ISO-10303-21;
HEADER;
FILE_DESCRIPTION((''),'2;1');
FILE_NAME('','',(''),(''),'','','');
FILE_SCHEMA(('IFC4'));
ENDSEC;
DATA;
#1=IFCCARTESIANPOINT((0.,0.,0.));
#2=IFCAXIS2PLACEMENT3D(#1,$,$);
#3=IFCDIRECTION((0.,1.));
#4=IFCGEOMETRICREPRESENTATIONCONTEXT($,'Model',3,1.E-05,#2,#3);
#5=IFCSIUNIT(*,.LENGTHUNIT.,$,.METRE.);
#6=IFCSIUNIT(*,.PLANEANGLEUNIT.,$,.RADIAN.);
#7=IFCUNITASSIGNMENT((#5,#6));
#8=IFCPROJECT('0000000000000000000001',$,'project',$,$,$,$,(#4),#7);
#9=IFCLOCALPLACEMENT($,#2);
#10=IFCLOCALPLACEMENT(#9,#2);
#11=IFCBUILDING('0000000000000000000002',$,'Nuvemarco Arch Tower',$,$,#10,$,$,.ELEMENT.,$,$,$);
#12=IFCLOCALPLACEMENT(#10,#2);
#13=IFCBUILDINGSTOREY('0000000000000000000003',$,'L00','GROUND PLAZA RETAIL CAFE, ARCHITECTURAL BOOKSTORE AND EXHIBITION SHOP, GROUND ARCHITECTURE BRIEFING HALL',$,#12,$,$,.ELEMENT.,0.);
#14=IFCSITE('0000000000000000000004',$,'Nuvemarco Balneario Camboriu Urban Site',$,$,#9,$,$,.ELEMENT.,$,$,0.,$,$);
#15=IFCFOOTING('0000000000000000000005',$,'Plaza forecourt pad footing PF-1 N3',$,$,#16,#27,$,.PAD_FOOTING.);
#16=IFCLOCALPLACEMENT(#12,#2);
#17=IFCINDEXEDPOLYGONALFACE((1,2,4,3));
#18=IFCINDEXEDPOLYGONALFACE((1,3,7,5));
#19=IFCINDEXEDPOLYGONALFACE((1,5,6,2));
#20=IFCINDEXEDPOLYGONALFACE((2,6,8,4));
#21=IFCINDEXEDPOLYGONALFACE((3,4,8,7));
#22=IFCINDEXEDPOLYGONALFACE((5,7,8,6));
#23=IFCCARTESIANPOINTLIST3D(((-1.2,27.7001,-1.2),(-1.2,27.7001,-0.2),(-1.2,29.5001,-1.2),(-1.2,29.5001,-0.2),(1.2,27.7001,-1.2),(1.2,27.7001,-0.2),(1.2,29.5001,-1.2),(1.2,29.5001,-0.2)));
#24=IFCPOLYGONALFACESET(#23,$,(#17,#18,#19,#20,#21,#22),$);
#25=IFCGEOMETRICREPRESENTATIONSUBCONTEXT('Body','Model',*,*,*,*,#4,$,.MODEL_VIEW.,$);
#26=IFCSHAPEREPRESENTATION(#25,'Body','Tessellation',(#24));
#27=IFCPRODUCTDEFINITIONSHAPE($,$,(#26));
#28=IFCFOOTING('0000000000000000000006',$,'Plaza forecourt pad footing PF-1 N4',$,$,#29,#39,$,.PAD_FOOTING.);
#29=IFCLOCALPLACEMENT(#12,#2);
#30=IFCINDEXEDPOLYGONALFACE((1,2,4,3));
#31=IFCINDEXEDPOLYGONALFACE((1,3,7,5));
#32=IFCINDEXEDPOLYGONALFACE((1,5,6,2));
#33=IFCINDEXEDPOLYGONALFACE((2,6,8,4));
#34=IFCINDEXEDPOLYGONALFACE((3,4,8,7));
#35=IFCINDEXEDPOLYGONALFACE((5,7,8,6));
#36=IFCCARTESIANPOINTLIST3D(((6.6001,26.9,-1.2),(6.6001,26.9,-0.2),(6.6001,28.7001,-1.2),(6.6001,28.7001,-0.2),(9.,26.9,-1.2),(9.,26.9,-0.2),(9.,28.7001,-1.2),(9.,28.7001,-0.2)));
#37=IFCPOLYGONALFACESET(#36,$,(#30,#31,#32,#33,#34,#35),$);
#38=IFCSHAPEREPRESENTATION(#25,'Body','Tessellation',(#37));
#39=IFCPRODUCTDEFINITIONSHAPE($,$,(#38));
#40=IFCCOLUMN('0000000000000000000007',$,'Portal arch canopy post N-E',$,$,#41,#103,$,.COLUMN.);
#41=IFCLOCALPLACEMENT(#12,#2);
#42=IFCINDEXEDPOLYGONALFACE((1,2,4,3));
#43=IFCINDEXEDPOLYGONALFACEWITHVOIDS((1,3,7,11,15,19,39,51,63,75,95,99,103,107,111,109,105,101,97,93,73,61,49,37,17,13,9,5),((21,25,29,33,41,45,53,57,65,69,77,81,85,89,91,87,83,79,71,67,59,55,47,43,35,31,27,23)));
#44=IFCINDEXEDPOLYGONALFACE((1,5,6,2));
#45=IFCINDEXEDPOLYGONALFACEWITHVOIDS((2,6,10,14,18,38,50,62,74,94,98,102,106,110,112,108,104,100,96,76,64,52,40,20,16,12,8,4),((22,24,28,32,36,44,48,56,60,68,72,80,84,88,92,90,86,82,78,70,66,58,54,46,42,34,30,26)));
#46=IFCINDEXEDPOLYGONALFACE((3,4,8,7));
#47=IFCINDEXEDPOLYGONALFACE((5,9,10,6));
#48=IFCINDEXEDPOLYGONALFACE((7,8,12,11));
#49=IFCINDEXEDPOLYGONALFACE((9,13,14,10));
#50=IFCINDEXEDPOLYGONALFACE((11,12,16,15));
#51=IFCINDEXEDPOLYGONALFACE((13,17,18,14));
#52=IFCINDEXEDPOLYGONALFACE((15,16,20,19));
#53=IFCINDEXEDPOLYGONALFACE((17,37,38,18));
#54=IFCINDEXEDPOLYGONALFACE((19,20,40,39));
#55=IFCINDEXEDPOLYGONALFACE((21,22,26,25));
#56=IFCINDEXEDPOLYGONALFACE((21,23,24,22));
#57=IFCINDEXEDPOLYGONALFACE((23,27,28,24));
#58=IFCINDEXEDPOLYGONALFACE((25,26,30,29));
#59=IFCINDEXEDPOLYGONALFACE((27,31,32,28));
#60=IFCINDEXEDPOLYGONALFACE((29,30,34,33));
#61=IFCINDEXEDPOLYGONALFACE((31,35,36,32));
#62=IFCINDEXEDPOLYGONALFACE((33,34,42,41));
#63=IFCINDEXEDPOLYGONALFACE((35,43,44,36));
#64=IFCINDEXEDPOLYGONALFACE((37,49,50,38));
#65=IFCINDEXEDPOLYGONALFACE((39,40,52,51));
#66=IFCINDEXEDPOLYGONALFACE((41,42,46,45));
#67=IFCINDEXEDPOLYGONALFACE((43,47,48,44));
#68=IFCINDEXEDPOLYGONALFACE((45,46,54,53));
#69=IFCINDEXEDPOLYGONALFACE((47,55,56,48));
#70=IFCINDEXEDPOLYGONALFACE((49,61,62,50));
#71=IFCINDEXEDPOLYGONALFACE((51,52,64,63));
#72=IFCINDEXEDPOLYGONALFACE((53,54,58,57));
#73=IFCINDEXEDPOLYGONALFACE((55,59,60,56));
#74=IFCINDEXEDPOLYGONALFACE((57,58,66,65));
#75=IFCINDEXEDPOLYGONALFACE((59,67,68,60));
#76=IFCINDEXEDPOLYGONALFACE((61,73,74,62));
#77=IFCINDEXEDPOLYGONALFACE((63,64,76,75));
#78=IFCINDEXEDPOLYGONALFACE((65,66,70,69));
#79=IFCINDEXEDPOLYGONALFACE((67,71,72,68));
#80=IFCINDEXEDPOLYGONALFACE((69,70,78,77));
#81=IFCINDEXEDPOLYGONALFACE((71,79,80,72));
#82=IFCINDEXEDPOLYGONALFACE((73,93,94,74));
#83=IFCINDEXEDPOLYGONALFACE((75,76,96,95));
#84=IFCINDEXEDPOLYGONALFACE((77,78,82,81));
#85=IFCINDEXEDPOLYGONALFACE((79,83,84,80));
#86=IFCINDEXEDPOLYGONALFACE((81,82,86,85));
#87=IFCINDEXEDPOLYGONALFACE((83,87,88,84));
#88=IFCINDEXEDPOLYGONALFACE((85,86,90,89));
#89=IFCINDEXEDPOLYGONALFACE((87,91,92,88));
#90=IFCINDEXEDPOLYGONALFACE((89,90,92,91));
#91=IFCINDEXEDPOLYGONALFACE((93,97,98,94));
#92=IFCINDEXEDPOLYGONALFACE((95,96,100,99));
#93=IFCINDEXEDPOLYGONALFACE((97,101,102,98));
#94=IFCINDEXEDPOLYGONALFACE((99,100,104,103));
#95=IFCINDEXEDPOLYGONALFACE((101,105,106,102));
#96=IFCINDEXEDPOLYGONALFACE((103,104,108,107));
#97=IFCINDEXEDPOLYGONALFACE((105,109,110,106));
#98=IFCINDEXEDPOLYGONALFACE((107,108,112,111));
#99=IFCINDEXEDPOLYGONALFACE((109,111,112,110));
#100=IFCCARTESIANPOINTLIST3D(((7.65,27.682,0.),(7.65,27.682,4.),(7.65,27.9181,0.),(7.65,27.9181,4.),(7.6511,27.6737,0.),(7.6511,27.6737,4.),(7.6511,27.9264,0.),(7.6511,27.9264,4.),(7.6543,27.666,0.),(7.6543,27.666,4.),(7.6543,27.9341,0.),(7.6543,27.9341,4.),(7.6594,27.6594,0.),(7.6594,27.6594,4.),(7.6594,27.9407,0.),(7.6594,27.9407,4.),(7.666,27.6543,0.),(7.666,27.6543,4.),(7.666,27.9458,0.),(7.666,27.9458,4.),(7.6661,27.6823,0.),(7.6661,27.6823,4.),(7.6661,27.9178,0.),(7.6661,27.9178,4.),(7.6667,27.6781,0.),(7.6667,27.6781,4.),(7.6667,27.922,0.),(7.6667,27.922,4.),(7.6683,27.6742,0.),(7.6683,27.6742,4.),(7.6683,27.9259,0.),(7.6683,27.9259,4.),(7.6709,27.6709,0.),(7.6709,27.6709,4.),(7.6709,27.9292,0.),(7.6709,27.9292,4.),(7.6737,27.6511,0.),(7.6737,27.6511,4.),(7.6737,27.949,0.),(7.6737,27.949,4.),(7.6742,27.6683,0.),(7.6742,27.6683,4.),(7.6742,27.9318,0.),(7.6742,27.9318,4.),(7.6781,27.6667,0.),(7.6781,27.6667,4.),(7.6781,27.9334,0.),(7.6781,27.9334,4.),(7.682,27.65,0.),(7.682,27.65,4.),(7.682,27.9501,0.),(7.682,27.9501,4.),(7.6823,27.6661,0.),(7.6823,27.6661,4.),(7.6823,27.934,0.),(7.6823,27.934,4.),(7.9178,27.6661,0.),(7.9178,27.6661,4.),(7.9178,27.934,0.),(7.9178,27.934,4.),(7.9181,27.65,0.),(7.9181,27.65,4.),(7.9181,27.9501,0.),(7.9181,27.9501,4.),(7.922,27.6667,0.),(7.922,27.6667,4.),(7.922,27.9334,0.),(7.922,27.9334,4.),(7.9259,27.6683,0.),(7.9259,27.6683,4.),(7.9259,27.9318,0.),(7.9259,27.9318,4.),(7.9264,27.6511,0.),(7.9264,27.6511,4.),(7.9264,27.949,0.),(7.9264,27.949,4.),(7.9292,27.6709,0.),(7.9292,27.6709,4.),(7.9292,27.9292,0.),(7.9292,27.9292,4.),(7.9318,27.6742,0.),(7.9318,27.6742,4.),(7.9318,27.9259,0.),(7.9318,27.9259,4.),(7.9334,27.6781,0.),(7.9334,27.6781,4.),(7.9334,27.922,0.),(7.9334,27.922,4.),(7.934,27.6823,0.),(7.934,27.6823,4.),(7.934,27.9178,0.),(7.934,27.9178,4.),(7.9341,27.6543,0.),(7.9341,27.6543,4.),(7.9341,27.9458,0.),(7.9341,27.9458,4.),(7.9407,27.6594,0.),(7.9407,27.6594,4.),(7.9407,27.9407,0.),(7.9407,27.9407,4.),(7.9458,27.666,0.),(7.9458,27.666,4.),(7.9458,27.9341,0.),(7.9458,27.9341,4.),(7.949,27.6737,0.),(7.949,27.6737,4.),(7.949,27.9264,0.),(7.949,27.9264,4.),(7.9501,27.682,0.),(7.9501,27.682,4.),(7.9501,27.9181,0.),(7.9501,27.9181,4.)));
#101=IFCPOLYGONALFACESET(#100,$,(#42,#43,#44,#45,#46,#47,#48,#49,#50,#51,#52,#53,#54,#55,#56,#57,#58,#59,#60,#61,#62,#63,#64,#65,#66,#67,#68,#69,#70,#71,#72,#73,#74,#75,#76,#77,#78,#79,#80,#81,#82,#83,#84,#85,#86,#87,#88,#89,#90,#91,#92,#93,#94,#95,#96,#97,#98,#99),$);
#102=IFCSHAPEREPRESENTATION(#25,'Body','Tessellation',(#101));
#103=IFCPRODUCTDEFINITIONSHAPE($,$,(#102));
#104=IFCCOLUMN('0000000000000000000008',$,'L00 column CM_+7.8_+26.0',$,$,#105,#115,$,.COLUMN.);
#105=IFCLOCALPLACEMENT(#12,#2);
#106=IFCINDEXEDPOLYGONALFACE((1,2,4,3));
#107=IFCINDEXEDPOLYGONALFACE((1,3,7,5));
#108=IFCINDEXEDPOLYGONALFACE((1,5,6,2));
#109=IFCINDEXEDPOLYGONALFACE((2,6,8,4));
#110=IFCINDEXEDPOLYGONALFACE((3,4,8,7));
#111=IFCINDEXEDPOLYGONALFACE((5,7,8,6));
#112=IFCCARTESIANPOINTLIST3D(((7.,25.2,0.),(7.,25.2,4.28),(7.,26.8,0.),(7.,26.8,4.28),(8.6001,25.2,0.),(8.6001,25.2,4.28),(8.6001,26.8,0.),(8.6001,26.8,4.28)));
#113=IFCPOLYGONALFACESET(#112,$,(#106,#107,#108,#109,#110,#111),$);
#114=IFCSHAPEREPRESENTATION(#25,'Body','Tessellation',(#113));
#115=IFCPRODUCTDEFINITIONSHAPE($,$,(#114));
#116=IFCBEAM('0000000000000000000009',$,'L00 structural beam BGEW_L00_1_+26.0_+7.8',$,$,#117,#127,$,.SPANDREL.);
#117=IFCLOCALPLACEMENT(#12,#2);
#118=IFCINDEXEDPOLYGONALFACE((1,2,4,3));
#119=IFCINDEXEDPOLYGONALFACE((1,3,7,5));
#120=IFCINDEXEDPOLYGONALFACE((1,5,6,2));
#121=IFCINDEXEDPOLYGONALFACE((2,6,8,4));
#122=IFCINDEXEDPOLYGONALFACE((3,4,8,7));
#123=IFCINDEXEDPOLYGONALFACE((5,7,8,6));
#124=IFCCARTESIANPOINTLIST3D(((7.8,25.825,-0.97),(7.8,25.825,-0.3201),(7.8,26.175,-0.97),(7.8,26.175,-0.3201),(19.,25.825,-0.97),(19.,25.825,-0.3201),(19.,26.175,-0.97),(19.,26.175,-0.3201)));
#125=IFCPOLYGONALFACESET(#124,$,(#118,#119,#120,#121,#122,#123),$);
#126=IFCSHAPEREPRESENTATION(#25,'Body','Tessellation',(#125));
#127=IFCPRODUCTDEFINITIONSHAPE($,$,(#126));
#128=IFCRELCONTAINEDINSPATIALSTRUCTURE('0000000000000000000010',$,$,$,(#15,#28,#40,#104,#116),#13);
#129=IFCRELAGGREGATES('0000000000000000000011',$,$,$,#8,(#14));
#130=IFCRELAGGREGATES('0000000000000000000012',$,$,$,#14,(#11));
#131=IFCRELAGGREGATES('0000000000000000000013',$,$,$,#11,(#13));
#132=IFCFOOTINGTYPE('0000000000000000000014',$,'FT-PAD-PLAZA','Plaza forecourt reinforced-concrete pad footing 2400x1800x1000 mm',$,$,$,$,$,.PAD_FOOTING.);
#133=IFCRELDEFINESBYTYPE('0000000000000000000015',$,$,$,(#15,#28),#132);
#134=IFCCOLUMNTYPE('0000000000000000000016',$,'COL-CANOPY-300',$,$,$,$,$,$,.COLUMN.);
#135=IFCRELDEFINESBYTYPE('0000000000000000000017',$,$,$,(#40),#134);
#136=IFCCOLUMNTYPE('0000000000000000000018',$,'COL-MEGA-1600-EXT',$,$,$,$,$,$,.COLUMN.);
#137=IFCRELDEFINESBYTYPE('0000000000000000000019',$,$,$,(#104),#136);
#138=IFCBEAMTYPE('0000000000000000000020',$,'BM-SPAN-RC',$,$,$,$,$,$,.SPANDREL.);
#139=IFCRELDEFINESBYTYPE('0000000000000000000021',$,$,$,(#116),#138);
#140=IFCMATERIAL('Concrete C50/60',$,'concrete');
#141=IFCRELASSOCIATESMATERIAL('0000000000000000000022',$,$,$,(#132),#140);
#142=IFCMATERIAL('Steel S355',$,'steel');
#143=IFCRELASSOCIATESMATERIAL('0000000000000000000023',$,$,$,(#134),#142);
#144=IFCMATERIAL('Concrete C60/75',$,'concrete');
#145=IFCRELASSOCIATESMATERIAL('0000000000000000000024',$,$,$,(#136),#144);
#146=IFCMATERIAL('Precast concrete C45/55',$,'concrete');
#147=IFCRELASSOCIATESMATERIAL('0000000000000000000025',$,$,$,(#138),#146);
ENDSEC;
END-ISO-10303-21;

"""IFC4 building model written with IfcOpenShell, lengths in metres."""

from ifc_helpers import new_model, si_unit, direction, frame, origin, origin_2d, place, context, subcontext, project, spatial, rectangle, hollow_rectangle, extrude, source, transform, mapped, material, material_profile, profile_set, type_object, type_shapes, element, save


model = new_model("IFC4")

# Units and contexts
model_context = context("Model", 3, precision=1e-05, world=origin(), true_north=direction((0.0, 1.0)))
body_context = subcontext(model_context, "Body", "Model", "MODEL_VIEW")
ifc_project = project(units=[si_unit("LENGTHUNIT", "METRE"), si_unit("PLANEANGLEUNIT", "RADIAN")], contexts=[model_context])

# Site, building, storey
site_placement = place(None, origin())
site = spatial("IfcSite", under=ifc_project, at=site_placement, Name="Nuvemarco Balneario Camboriu Urban Site", CompositionType="ELEMENT", RefElevation=0.0)
building_placement = place(site_placement, origin())
building = spatial("IfcBuilding", under=site, at=building_placement, Name="Nuvemarco Arch Tower", CompositionType="ELEMENT")
storey_placement = place(building_placement, origin())
storey = spatial("IfcBuildingStorey", under=building, at=storey_placement, Name="L00", Description="GROUND PLAZA RETAIL CAFE, ARCHITECTURAL BOOKSTORE AND EXHIBITION SHOP, GROUND ARCHITECTURE BRIEFING HALL", CompositionType="ELEMENT", Elevation=0.0)

# Footings
ifc_material_1 = material(Name="Concrete C50/60", Category="concrete")
footing_type = type_object("IfcFootingType", Name="FT-PAD-PLAZA", Description="Plaza forecourt reinforced-concrete pad footing 2400x1800x1000 mm", PredefinedType="PAD_FOOTING", material=ifc_material_1)
shared_shape_1 = source(origin(), body_context, "Body", "SweptSolid", [
    extrude(rectangle(XDim=2.3999, YDim=1.8, at=origin_2d()), origin(), (0.0, 0.0, 1.0), 1.0),
])
type_shapes(footing_type, [shared_shape_1])
for number, where, z_axis, x_axis, name in (
    (1, (0.0, 28.6001, -1.2), (0.0, 0.0, 1.0), (1.0, 0.0, 0.0), "Plaza forecourt pad footing PF-1 N3"),
    (2, (7.8, 27.8, -1.2), (0.0, 0.0, 1.0), (1.0, 0.0, 0.0), "Plaza forecourt pad footing PF-1 N4"),
):
    element("IfcFooting", number, at=place(storey_placement, frame(where, z_axis=z_axis, x_axis=x_axis)), inside=storey, type_object=footing_type, Name=name, PredefinedType="PAD_FOOTING", context=body_context, shape_type="MappedRepresentation", body=[
        mapped(shared_shape_1, transform((0.0, 0.0, 0.0), scale=1.0)),
    ])

# Columns
ifc_material_2 = material(Name="Steel S355", Category="steel")
ifc_material_profile_1 = material_profile(ifc_material_2, hollow_rectangle(XDim=0.3, YDim=0.3, WallThickness=0.0161, InnerFilletRadius=0.0161, OuterFilletRadius=0.032, at=origin_2d()), Name="SHS300x300x16")
ifc_profile_set_1 = profile_set([ifc_material_profile_1], Name="Steel S355")
column_type_1 = type_object("IfcColumnType", Name="COL-CANOPY-300", PredefinedType="COLUMN", material=ifc_profile_set_1)
column_1_placement = place(storey_placement, frame((7.8, 27.8, 0.0), z_axis=(0.0, 0.0, 1.0), x_axis=(1.0, 0.0, 0.0)))
element("IfcColumn", 3, at=column_1_placement, inside=storey, type_object=column_type_1, Name="Portal arch canopy post N-E", PredefinedType="COLUMN", context=body_context, shape_type="SweptSolid", body=[
    extrude(hollow_rectangle(XDim=0.3, YDim=0.3, WallThickness=0.0161, InnerFilletRadius=0.0161, OuterFilletRadius=0.032, at=origin_2d()), origin(), (0.0, 0.0, 1.0), 4.0),
])
ifc_material_3 = material(Name="Concrete C60/75", Category="concrete")
ifc_material_profile_2 = material_profile(ifc_material_3, rectangle(XDim=1.6001, YDim=1.6001, at=origin_2d()), Name="RC-COL-1600x1600")
ifc_profile_set_2 = profile_set([ifc_material_profile_2], Name="Concrete C60/75")
column_type_2 = type_object("IfcColumnType", Name="COL-MEGA-1600-EXT", PredefinedType="COLUMN", material=ifc_profile_set_2)
column_2_placement = place(storey_placement, frame((7.8, 26.0, 0.0), z_axis=(0.0, 0.0, 1.0), x_axis=(1.0, 0.0, 0.0)))
element("IfcColumn", 4, at=column_2_placement, inside=storey, type_object=column_type_2, Name="L00 column CM_+7.8_+26.0", PredefinedType="COLUMN", context=body_context, shape_type="SweptSolid", body=[
    extrude(rectangle(XDim=1.6001, YDim=1.6001, at=origin_2d()), origin(), (0.0, 0.0, 1.0), 4.28),
])

# Beam
ifc_material_4 = material(Name="Precast concrete C45/55", Category="concrete")
ifc_material_profile_3 = material_profile(ifc_material_4, rectangle(XDim=0.3501, YDim=0.6499, at=origin_2d()), Name="PC-SP-350x650")
ifc_profile_set_3 = profile_set([ifc_material_profile_3], Name="Precast concrete C45/55")
beam_type = type_object("IfcBeamType", Name="BM-SPAN-RC", PredefinedType="SPANDREL", material=ifc_profile_set_3)
beam_placement = place(storey_placement, frame((7.8, 26.0, -0.645), z_axis=(1.0, 0.0, 0.0), x_axis=(0.0, 1.0, 0.0)))
element("IfcBeam", 5, at=beam_placement, inside=storey, type_object=beam_type, Name="L00 structural beam BGEW_L00_1_+26.0_+7.8", PredefinedType="SPANDREL", context=body_context, shape_type="SweptSolid", body=[
    extrude(rectangle(XDim=0.3501, YDim=0.6499, at=origin_2d()), origin(), (0.0, 0.0, 1.0), 11.2),
])

save(model, "model.ifc")
